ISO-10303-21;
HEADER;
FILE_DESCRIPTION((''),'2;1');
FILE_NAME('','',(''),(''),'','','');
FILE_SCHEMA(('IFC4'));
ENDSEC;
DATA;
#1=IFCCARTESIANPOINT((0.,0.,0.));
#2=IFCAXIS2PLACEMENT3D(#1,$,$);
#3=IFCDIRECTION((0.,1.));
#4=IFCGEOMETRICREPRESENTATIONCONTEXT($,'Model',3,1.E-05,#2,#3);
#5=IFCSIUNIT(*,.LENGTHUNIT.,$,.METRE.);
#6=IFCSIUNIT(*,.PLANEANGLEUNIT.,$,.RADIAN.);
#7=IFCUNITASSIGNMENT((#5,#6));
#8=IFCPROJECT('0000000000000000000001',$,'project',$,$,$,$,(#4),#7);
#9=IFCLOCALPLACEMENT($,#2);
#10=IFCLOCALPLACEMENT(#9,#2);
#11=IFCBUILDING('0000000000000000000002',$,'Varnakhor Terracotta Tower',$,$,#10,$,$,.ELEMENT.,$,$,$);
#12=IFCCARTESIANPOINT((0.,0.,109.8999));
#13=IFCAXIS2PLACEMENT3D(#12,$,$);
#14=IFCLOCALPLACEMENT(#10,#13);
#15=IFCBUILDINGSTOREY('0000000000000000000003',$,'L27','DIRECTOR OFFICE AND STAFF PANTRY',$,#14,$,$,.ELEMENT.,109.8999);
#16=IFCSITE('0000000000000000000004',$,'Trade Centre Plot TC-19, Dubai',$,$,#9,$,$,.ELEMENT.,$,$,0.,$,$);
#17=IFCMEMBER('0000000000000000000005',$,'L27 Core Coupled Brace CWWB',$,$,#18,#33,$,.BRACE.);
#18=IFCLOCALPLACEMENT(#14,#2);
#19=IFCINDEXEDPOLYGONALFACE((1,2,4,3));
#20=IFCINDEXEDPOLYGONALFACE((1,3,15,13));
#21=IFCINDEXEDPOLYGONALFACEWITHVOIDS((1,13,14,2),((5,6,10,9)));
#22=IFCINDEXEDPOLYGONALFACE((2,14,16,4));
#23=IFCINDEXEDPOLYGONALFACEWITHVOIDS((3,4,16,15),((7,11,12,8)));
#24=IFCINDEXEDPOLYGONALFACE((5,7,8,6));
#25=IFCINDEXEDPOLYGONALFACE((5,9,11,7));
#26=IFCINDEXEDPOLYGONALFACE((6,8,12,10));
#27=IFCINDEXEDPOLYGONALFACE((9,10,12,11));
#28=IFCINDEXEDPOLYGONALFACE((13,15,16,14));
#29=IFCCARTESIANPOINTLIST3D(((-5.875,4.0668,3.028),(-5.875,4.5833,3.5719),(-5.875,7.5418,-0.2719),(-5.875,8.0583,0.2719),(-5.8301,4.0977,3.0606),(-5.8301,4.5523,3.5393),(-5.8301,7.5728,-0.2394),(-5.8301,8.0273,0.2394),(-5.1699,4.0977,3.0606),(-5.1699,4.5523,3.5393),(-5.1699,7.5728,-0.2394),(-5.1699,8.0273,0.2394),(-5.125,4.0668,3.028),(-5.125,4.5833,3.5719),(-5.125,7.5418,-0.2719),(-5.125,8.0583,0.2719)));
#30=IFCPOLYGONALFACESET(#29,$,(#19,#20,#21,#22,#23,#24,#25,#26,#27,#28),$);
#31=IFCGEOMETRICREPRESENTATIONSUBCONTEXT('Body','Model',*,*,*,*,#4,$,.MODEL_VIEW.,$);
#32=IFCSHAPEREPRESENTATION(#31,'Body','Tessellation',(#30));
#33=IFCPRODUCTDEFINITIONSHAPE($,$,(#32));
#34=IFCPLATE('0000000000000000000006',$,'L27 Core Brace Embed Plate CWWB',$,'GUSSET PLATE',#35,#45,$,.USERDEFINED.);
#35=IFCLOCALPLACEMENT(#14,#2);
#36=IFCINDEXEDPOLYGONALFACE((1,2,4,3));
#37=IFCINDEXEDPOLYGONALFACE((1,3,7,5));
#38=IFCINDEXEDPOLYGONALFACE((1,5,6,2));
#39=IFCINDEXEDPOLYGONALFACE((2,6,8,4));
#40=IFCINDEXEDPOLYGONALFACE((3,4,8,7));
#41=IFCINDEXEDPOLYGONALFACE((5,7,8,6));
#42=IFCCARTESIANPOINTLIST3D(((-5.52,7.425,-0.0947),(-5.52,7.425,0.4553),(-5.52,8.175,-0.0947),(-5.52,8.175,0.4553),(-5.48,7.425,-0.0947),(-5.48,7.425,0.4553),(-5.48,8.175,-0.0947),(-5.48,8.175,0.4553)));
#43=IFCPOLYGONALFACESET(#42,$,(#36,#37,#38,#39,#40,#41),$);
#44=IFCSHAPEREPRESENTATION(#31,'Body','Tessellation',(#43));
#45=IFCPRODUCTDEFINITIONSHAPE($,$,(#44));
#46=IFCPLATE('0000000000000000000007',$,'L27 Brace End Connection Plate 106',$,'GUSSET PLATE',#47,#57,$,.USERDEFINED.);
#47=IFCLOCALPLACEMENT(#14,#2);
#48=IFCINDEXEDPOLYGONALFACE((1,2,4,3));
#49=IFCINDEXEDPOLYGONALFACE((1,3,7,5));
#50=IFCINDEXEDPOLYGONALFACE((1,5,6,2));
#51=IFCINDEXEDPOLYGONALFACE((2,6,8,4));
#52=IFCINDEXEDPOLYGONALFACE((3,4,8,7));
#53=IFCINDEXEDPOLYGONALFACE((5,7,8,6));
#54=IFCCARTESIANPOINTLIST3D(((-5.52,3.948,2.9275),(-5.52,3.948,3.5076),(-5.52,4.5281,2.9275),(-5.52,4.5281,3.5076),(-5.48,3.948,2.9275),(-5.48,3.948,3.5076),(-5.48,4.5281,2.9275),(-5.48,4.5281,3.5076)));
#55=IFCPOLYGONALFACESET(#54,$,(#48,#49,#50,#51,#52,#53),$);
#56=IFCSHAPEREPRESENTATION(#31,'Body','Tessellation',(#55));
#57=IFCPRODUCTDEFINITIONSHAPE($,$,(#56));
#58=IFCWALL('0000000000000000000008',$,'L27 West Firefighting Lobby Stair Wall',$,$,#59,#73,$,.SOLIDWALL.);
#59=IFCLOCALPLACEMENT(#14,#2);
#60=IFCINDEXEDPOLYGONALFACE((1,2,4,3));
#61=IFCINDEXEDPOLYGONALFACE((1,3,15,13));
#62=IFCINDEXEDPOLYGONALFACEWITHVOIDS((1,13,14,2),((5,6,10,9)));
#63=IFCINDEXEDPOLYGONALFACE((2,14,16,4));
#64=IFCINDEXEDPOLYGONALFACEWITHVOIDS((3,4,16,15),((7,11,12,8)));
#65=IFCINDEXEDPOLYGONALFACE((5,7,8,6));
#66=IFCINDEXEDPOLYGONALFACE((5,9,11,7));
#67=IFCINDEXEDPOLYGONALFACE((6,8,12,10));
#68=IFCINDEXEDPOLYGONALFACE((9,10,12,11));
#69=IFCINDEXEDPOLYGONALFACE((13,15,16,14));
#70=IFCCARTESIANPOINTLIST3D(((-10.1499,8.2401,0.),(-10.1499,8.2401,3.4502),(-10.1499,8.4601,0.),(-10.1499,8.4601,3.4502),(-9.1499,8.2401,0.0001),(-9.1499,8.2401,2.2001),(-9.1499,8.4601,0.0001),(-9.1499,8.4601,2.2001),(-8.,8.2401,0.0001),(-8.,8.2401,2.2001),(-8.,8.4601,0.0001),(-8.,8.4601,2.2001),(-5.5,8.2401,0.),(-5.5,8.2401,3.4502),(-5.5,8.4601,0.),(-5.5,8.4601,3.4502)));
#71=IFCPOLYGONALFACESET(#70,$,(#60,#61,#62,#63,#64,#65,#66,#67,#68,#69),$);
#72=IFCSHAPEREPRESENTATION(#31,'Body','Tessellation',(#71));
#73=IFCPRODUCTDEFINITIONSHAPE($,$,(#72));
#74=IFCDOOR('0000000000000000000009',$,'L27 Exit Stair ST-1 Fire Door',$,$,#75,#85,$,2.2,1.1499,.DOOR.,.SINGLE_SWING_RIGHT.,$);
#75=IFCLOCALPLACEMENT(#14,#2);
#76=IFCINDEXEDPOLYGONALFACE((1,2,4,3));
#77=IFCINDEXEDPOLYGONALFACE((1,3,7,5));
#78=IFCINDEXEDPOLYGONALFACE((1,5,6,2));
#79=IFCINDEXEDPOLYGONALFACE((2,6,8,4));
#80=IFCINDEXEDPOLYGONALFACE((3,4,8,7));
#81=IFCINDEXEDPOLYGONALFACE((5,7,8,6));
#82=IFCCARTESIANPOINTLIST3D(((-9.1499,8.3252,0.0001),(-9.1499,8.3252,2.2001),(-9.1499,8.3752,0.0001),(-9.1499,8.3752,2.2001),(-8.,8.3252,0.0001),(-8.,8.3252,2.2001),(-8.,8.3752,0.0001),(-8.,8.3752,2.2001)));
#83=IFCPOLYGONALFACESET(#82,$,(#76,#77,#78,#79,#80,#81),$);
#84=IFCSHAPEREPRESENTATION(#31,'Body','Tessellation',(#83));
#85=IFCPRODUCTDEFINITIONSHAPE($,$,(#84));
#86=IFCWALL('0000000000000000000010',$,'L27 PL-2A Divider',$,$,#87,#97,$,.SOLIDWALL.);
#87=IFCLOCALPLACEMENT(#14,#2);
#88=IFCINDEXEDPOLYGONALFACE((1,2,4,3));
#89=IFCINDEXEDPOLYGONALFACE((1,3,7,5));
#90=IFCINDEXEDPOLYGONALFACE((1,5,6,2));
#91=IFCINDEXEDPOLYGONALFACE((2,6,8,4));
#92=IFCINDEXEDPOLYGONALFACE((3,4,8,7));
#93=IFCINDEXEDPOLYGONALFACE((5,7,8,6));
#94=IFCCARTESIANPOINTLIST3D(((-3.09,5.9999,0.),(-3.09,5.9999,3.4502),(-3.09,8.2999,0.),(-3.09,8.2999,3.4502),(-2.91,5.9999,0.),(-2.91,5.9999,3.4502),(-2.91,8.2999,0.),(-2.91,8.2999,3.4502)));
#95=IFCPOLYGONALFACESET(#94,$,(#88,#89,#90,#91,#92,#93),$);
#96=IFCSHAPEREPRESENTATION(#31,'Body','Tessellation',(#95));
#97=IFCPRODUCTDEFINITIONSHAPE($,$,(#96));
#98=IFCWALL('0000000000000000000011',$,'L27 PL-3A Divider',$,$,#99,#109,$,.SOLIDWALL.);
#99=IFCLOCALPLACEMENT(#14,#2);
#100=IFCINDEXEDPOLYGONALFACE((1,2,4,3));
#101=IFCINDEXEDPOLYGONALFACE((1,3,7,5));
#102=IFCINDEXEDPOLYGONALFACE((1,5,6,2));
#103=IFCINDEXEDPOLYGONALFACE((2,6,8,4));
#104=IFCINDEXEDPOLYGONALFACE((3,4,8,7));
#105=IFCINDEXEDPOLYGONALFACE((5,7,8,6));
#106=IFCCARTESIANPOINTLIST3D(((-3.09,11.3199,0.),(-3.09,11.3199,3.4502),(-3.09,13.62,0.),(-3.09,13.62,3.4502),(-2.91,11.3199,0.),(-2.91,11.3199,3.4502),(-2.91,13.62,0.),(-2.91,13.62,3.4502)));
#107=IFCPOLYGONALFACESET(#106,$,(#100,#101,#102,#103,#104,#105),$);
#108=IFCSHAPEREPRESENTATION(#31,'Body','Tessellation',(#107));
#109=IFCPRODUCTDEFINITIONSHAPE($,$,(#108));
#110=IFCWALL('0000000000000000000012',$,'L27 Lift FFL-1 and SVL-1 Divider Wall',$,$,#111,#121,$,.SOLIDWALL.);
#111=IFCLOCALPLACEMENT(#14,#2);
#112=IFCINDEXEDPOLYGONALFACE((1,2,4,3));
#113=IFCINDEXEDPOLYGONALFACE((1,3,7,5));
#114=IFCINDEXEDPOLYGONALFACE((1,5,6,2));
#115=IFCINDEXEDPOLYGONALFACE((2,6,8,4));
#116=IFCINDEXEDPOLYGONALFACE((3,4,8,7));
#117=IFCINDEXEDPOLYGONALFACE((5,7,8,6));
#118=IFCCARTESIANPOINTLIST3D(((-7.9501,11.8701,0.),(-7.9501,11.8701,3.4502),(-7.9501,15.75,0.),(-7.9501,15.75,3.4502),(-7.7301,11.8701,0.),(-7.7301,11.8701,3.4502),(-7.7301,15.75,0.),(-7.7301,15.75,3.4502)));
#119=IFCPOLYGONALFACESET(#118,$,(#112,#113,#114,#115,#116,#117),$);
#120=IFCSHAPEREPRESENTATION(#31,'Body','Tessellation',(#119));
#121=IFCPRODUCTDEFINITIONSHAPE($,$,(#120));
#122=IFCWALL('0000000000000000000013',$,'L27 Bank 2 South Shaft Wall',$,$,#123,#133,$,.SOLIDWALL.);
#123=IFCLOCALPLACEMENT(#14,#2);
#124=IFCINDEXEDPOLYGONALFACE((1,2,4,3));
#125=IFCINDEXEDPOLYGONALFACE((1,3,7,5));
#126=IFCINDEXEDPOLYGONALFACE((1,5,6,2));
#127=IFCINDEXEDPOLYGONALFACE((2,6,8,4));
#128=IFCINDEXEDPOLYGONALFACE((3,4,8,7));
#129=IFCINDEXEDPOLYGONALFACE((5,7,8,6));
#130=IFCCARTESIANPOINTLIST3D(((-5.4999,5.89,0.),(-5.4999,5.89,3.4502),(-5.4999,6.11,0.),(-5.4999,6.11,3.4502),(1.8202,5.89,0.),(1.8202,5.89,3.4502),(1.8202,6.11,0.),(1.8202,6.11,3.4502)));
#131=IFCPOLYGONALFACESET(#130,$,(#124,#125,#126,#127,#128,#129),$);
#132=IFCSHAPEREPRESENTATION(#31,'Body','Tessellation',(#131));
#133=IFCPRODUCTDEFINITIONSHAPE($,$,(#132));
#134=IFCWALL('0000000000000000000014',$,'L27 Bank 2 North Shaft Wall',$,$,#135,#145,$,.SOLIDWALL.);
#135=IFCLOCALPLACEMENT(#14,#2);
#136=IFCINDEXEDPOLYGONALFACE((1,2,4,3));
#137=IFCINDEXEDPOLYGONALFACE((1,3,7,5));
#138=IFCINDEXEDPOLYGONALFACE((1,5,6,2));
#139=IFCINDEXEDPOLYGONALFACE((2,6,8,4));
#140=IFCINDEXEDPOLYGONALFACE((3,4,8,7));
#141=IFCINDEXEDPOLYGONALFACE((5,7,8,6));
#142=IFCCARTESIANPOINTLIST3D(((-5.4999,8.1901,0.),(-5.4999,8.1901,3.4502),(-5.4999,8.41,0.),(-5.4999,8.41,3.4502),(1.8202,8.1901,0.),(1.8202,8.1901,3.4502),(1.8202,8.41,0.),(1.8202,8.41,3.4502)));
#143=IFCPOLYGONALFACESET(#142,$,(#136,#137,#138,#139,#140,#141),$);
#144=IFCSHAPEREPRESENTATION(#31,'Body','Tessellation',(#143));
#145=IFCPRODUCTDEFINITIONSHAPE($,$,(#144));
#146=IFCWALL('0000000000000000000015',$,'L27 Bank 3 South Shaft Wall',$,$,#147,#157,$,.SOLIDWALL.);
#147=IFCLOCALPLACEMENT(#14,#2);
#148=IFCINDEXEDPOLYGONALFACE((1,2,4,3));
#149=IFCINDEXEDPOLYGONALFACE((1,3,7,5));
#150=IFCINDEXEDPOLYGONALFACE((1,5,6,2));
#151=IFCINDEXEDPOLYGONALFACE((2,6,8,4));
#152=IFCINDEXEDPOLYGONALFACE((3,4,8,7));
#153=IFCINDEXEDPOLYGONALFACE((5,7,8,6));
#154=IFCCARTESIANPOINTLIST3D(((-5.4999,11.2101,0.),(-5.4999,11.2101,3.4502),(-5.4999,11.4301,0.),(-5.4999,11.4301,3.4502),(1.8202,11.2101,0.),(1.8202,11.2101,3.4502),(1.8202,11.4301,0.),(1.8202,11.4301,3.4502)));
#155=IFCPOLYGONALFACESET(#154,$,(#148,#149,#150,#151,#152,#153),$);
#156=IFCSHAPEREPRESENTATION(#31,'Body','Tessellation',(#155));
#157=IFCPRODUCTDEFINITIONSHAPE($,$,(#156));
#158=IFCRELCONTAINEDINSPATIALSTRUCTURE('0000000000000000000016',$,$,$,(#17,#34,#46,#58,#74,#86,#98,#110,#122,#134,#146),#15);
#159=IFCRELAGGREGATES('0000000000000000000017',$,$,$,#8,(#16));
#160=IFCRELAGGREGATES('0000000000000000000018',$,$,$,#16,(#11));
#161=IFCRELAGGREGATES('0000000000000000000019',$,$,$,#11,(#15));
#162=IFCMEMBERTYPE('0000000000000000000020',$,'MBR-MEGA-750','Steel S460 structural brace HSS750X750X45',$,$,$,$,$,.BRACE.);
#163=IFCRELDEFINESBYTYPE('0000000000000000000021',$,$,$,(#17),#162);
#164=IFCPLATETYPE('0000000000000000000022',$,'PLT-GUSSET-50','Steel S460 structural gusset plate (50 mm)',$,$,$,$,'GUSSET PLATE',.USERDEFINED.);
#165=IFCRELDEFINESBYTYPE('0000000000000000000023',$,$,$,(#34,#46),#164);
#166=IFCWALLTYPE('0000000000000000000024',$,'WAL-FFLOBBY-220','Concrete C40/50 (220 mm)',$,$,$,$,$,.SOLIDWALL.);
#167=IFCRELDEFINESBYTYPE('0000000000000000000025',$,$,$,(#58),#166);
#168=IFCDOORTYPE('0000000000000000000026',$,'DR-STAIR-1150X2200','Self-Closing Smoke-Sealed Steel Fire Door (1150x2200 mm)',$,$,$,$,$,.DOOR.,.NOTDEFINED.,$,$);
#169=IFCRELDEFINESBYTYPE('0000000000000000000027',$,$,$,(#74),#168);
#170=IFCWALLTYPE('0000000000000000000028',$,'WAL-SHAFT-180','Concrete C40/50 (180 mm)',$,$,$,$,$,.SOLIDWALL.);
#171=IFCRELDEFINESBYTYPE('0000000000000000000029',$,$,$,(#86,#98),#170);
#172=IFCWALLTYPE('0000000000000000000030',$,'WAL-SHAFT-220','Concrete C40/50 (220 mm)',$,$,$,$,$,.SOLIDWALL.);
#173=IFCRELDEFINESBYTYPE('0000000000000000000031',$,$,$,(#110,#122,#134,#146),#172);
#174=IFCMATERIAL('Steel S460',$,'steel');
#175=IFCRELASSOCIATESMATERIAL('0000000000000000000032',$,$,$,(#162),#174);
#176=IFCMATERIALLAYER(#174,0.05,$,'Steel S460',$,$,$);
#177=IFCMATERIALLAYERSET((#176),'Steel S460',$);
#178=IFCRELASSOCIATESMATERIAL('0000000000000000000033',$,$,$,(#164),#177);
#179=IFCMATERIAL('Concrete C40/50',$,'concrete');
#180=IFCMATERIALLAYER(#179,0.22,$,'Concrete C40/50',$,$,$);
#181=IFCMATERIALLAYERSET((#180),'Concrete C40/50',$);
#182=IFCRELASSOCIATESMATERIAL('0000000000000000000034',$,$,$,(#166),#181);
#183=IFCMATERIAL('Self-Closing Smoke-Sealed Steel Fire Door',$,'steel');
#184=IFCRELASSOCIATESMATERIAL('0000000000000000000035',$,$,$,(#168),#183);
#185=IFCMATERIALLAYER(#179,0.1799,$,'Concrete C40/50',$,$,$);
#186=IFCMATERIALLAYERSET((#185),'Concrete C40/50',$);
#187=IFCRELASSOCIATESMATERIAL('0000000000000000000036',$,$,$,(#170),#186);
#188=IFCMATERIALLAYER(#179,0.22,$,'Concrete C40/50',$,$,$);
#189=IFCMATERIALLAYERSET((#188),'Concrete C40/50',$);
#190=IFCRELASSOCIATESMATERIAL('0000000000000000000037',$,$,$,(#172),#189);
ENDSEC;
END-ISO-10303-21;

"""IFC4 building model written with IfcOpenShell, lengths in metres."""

from ifc_helpers import new_model, si_unit, direction, frame, frame_2d, origin, origin_2d, place, context, subcontext, project, spatial, rectangle, hollow_rectangle, extrude, source, transform, mapped, material, layer, layer_set, material_profile, profile_set, type_object, type_shapes, element, fill, save


model = new_model("IFC4")

# Units and contexts
model_context = context("Model", 3, precision=1e-05, world=origin(), true_north=direction((0.0, 1.0)))
body_context = subcontext(model_context, "Body", "Model", "MODEL_VIEW")
ifc_project = project(units=[si_unit("LENGTHUNIT", "METRE"), si_unit("PLANEANGLEUNIT", "RADIAN")], contexts=[model_context])

# Site, building, storey
site_placement = place(None, origin())
site = spatial("IfcSite", under=ifc_project, at=site_placement, Name="Trade Centre Plot TC-19, Dubai", CompositionType="ELEMENT", RefElevation=0.0)
building_placement = place(site_placement, origin())
building = spatial("IfcBuilding", under=site, at=building_placement, Name="Varnakhor Terracotta Tower", CompositionType="ELEMENT")
storey_placement = place(building_placement, frame((0.0, 0.0, 109.8999)))
storey = spatial("IfcBuildingStorey", under=building, at=storey_placement, Name="L27", Description="DIRECTOR OFFICE AND STAFF PANTRY", CompositionType="ELEMENT", Elevation=109.8999)

# Member
ifc_material_1 = material(Name="Steel S460", Category="steel")
ifc_material_profile = material_profile(ifc_material_1, hollow_rectangle(XDim=0.75, YDim=0.75, WallThickness=0.0449, at=origin_2d()), Name="HSS750X750X45")
ifc_profile_set = profile_set([ifc_material_profile], Name="Steel S460")
member_type = type_object("IfcMemberType", Name="MBR-MEGA-750", Description="Steel S460 structural brace HSS750X750X45", PredefinedType="BRACE", material=ifc_profile_set)
shared_shape_1 = source(origin(), body_context, "Body", "SweptSolid", [
    extrude(hollow_rectangle(XDim=0.75, YDim=0.75, WallThickness=0.0449, at=origin_2d()), origin(), (0.0, 0.0, 1.0), 4.7922),
])
member_placement = place(storey_placement, frame((-5.5, 7.8, 0.0), z_axis=(0.0, -0.725134, 0.688608), x_axis=(1.0, 0.0, 0.0)))
element("IfcMember", 1, at=member_placement, inside=storey, type_object=member_type, Name="L27 Core Coupled Brace CWWB", PredefinedType="BRACE", context=body_context, shape_type="MappedRepresentation", body=[
    mapped(shared_shape_1, transform((0.0, 0.0, 0.0), scale=1.0)),
])

# Plates
ifc_layer_1 = layer(ifc_material_1, 0.05, Name="Steel S460")
ifc_layer_set_1 = layer_set([ifc_layer_1], Name="Steel S460")
plate_type = type_object("IfcPlateType", Name="PLT-GUSSET-50", Description="Steel S460 structural gusset plate (50 mm)", ElementType="GUSSET PLATE", PredefinedType="USERDEFINED", material=ifc_layer_set_1)
shared_shape_2 = source(origin(), body_context, "Body", "SweptSolid", [
    extrude(rectangle(XDim=0.75, YDim=0.04, at=origin_2d()), origin(), (0.0, 0.0, 1.0), 0.55),
])
type_shapes(plate_type, [shared_shape_2])
plate_1_placement = place(storey_placement, frame((-5.5, 7.8, -0.0947), z_axis=(0.0, 0.0, 1.0), x_axis=(0.0, 1.0, 0.0)))
element("IfcPlate", 2, at=plate_1_placement, inside=storey, type_object=plate_type, Name="L27 Core Brace Embed Plate CWWB", ObjectType="GUSSET PLATE", PredefinedType="USERDEFINED", context=body_context, shape_type="MappedRepresentation", body=[
    mapped(shared_shape_2, transform((0.0, 0.0, 0.0), scale=1.0)),
])
shared_shape_3 = source(origin(), body_context, "Body", "SweptSolid", [
    extrude(rectangle(XDim=0.5801, YDim=0.04, at=origin_2d()), origin(), (0.0, 0.0, 1.0), 0.5801),
])
plate_2_placement = place(storey_placement, frame((-5.5, 4.238, 2.9275), z_axis=(0.0, 0.0, 1.0), x_axis=(0.0, 1.0, 0.0)))
element("IfcPlate", 3, at=plate_2_placement, inside=storey, type_object=plate_type, Name="L27 Brace End Connection Plate 106", ObjectType="GUSSET PLATE", PredefinedType="USERDEFINED", context=body_context, shape_type="MappedRepresentation", body=[
    mapped(shared_shape_3, transform((0.0, 0.0, 0.0), scale=1.0)),
])

# Wall, opening, door
ifc_material_2 = material(Name="Concrete C40/50", Category="concrete")
ifc_layer_2 = layer(ifc_material_2, 0.22, Name="Concrete C40/50")
ifc_layer_set_2 = layer_set([ifc_layer_2], Name="Concrete C40/50")
wall_type_1 = type_object("IfcWallType", Name="WAL-FFLOBBY-220", Description="Concrete C40/50 (220 mm)", PredefinedType="SOLIDWALL", material=ifc_layer_set_2)
wall_1_placement = place(storey_placement, frame((-5.5, 8.3501, 0.0), z_axis=(0.0, 0.0, 1.0), x_axis=(-1.0, 0.0, 0.0)))
wall_1 = element("IfcWall", 4, at=wall_1_placement, inside=storey, type_object=wall_type_1, Name="L27 West Firefighting Lobby Stair Wall", PredefinedType="SOLIDWALL", context=body_context, shape_type="SweptSolid", body=[
    extrude(rectangle(XDim=4.6499, YDim=0.22, at=frame_2d((2.325, 0.0))), origin(), (0.0, 0.0, 1.0), 3.4502),
])
opening_1_placement = place(wall_1_placement, frame((2.5, 0.0, 0.0)))
opening_1 = element("IfcOpeningElement", 5, at=opening_1_placement, cuts=wall_1, PredefinedType="OPENING", context=body_context, shape_type="SweptSolid", body=[
    extrude(rectangle(XDim=1.1499, YDim=2.2, at=frame_2d((0.575, 1.1001))), frame((0.0, 0.1201, 0.0), z_axis=(0.0, -1.0, 0.0), x_axis=(1.0, 0.0, 0.0)), (0.0, 0.0, 1.0), 0.24),
])
ifc_material_3 = material(Name="Self-Closing Smoke-Sealed Steel Fire Door", Category="steel")
door_type_1 = type_object("IfcDoorType", Name="DR-STAIR-1150X2200", Description="Self-Closing Smoke-Sealed Steel Fire Door (1150x2200 mm)", OperationType="NOTDEFINED", PredefinedType="DOOR", material=ifc_material_3)
shared_shape_4 = source(origin(), body_context, "Body", "SweptSolid", [
    extrude(rectangle(XDim=1.1499, YDim=2.2, at=frame_2d((0.575, 1.1001))), frame((0.0, 0.0249, 0.0), z_axis=(0.0, -1.0, 0.0), x_axis=(1.0, 0.0, 0.0)), (0.0, 0.0, 1.0), 0.05),
])
type_shapes(door_type_1, [shared_shape_4])
door_1_placement = place(opening_1_placement, origin())
door_1 = element("IfcDoor", 6, at=door_1_placement, inside=storey, type_object=door_type_1, Name="L27 Exit Stair ST-1 Fire Door", OperationType="SINGLE_SWING_RIGHT", OverallHeight=2.2, OverallWidth=1.1499, PredefinedType="DOOR", context=body_context, shape_type="MappedRepresentation", body=[
    mapped(shared_shape_4, transform((0.0, 0.0, 0.0), scale=1.0)),
])
fill(opening_1, door_1)

# Walls
ifc_layer_3 = layer(ifc_material_2, 0.1799, Name="Concrete C40/50")
ifc_layer_set_3 = layer_set([ifc_layer_3], Name="Concrete C40/50")
wall_type_2 = type_object("IfcWallType", Name="WAL-SHAFT-180", Description="Concrete C40/50 (180 mm)", PredefinedType="SOLIDWALL", material=ifc_layer_set_3)
for number, where, z_axis, x_axis, name in (
    (7, (-3.0, 6.0, 0.0), (0.0, 0.0, 1.0), (0.0, 1.0, 0.0), "L27 PL-2A Divider"),
    (8, (-3.0, 11.3201, 0.0), (0.0, 0.0, 1.0), (0.0, 1.0, 0.0), "L27 PL-3A Divider"),
):
    element("IfcWall", number, at=place(storey_placement, frame(where, z_axis=z_axis, x_axis=x_axis)), inside=storey, type_object=wall_type_2, Name=name, PredefinedType="SOLIDWALL", context=body_context, shape_type="SweptSolid", body=[
        extrude(rectangle(XDim=2.3, YDim=0.1799, at=frame_2d((1.1499, 0.0))), origin(), (0.0, 0.0, 1.0), 3.4502),
    ])
ifc_layer_4 = layer(ifc_material_2, 0.22, Name="Concrete C40/50")
ifc_layer_set_4 = layer_set([ifc_layer_4], Name="Concrete C40/50")
wall_type_3 = type_object("IfcWallType", Name="WAL-SHAFT-220", Description="Concrete C40/50 (220 mm)", PredefinedType="SOLIDWALL", material=ifc_layer_set_4)
wall_2_placement = place(storey_placement, frame((-7.8401, 11.8701, 0.0), z_axis=(0.0, 0.0, 1.0), x_axis=(0.0, 1.0, 0.0)))
element("IfcWall", 9, at=wall_2_placement, inside=storey, type_object=wall_type_3, Name="L27 Lift FFL-1 and SVL-1 Divider Wall", PredefinedType="SOLIDWALL", context=body_context, shape_type="SweptSolid", body=[
    extrude(rectangle(XDim=3.8799, YDim=0.22, at=frame_2d((1.9399, 0.0))), origin(), (0.0, 0.0, 1.0), 3.4502),
])
for number, where, z_axis, x_axis, name in (
    (10, (-5.5, 6.0, 0.0), (0.0, 0.0, 1.0), (1.0, 0.0, 0.0), "L27 Bank 2 South Shaft Wall"),
    (11, (-5.5, 8.3, 0.0), (0.0, 0.0, 1.0), (1.0, 0.0, 0.0), "L27 Bank 2 North Shaft Wall"),
    (12, (-5.5, 11.3201, 0.0), (0.0, 0.0, 1.0), (1.0, 0.0, 0.0), "L27 Bank 3 South Shaft Wall"),
):
    element("IfcWall", number, at=place(storey_placement, frame(where, z_axis=z_axis, x_axis=x_axis)), inside=storey, type_object=wall_type_3, Name=name, PredefinedType="SOLIDWALL", context=body_context, shape_type="SweptSolid", body=[
        extrude(rectangle(XDim=7.3201, YDim=0.22, at=frame_2d((3.6602, 0.0))), origin(), (0.0, 0.0, 1.0), 3.4502),
    ])

save(model, "model.ifc")
